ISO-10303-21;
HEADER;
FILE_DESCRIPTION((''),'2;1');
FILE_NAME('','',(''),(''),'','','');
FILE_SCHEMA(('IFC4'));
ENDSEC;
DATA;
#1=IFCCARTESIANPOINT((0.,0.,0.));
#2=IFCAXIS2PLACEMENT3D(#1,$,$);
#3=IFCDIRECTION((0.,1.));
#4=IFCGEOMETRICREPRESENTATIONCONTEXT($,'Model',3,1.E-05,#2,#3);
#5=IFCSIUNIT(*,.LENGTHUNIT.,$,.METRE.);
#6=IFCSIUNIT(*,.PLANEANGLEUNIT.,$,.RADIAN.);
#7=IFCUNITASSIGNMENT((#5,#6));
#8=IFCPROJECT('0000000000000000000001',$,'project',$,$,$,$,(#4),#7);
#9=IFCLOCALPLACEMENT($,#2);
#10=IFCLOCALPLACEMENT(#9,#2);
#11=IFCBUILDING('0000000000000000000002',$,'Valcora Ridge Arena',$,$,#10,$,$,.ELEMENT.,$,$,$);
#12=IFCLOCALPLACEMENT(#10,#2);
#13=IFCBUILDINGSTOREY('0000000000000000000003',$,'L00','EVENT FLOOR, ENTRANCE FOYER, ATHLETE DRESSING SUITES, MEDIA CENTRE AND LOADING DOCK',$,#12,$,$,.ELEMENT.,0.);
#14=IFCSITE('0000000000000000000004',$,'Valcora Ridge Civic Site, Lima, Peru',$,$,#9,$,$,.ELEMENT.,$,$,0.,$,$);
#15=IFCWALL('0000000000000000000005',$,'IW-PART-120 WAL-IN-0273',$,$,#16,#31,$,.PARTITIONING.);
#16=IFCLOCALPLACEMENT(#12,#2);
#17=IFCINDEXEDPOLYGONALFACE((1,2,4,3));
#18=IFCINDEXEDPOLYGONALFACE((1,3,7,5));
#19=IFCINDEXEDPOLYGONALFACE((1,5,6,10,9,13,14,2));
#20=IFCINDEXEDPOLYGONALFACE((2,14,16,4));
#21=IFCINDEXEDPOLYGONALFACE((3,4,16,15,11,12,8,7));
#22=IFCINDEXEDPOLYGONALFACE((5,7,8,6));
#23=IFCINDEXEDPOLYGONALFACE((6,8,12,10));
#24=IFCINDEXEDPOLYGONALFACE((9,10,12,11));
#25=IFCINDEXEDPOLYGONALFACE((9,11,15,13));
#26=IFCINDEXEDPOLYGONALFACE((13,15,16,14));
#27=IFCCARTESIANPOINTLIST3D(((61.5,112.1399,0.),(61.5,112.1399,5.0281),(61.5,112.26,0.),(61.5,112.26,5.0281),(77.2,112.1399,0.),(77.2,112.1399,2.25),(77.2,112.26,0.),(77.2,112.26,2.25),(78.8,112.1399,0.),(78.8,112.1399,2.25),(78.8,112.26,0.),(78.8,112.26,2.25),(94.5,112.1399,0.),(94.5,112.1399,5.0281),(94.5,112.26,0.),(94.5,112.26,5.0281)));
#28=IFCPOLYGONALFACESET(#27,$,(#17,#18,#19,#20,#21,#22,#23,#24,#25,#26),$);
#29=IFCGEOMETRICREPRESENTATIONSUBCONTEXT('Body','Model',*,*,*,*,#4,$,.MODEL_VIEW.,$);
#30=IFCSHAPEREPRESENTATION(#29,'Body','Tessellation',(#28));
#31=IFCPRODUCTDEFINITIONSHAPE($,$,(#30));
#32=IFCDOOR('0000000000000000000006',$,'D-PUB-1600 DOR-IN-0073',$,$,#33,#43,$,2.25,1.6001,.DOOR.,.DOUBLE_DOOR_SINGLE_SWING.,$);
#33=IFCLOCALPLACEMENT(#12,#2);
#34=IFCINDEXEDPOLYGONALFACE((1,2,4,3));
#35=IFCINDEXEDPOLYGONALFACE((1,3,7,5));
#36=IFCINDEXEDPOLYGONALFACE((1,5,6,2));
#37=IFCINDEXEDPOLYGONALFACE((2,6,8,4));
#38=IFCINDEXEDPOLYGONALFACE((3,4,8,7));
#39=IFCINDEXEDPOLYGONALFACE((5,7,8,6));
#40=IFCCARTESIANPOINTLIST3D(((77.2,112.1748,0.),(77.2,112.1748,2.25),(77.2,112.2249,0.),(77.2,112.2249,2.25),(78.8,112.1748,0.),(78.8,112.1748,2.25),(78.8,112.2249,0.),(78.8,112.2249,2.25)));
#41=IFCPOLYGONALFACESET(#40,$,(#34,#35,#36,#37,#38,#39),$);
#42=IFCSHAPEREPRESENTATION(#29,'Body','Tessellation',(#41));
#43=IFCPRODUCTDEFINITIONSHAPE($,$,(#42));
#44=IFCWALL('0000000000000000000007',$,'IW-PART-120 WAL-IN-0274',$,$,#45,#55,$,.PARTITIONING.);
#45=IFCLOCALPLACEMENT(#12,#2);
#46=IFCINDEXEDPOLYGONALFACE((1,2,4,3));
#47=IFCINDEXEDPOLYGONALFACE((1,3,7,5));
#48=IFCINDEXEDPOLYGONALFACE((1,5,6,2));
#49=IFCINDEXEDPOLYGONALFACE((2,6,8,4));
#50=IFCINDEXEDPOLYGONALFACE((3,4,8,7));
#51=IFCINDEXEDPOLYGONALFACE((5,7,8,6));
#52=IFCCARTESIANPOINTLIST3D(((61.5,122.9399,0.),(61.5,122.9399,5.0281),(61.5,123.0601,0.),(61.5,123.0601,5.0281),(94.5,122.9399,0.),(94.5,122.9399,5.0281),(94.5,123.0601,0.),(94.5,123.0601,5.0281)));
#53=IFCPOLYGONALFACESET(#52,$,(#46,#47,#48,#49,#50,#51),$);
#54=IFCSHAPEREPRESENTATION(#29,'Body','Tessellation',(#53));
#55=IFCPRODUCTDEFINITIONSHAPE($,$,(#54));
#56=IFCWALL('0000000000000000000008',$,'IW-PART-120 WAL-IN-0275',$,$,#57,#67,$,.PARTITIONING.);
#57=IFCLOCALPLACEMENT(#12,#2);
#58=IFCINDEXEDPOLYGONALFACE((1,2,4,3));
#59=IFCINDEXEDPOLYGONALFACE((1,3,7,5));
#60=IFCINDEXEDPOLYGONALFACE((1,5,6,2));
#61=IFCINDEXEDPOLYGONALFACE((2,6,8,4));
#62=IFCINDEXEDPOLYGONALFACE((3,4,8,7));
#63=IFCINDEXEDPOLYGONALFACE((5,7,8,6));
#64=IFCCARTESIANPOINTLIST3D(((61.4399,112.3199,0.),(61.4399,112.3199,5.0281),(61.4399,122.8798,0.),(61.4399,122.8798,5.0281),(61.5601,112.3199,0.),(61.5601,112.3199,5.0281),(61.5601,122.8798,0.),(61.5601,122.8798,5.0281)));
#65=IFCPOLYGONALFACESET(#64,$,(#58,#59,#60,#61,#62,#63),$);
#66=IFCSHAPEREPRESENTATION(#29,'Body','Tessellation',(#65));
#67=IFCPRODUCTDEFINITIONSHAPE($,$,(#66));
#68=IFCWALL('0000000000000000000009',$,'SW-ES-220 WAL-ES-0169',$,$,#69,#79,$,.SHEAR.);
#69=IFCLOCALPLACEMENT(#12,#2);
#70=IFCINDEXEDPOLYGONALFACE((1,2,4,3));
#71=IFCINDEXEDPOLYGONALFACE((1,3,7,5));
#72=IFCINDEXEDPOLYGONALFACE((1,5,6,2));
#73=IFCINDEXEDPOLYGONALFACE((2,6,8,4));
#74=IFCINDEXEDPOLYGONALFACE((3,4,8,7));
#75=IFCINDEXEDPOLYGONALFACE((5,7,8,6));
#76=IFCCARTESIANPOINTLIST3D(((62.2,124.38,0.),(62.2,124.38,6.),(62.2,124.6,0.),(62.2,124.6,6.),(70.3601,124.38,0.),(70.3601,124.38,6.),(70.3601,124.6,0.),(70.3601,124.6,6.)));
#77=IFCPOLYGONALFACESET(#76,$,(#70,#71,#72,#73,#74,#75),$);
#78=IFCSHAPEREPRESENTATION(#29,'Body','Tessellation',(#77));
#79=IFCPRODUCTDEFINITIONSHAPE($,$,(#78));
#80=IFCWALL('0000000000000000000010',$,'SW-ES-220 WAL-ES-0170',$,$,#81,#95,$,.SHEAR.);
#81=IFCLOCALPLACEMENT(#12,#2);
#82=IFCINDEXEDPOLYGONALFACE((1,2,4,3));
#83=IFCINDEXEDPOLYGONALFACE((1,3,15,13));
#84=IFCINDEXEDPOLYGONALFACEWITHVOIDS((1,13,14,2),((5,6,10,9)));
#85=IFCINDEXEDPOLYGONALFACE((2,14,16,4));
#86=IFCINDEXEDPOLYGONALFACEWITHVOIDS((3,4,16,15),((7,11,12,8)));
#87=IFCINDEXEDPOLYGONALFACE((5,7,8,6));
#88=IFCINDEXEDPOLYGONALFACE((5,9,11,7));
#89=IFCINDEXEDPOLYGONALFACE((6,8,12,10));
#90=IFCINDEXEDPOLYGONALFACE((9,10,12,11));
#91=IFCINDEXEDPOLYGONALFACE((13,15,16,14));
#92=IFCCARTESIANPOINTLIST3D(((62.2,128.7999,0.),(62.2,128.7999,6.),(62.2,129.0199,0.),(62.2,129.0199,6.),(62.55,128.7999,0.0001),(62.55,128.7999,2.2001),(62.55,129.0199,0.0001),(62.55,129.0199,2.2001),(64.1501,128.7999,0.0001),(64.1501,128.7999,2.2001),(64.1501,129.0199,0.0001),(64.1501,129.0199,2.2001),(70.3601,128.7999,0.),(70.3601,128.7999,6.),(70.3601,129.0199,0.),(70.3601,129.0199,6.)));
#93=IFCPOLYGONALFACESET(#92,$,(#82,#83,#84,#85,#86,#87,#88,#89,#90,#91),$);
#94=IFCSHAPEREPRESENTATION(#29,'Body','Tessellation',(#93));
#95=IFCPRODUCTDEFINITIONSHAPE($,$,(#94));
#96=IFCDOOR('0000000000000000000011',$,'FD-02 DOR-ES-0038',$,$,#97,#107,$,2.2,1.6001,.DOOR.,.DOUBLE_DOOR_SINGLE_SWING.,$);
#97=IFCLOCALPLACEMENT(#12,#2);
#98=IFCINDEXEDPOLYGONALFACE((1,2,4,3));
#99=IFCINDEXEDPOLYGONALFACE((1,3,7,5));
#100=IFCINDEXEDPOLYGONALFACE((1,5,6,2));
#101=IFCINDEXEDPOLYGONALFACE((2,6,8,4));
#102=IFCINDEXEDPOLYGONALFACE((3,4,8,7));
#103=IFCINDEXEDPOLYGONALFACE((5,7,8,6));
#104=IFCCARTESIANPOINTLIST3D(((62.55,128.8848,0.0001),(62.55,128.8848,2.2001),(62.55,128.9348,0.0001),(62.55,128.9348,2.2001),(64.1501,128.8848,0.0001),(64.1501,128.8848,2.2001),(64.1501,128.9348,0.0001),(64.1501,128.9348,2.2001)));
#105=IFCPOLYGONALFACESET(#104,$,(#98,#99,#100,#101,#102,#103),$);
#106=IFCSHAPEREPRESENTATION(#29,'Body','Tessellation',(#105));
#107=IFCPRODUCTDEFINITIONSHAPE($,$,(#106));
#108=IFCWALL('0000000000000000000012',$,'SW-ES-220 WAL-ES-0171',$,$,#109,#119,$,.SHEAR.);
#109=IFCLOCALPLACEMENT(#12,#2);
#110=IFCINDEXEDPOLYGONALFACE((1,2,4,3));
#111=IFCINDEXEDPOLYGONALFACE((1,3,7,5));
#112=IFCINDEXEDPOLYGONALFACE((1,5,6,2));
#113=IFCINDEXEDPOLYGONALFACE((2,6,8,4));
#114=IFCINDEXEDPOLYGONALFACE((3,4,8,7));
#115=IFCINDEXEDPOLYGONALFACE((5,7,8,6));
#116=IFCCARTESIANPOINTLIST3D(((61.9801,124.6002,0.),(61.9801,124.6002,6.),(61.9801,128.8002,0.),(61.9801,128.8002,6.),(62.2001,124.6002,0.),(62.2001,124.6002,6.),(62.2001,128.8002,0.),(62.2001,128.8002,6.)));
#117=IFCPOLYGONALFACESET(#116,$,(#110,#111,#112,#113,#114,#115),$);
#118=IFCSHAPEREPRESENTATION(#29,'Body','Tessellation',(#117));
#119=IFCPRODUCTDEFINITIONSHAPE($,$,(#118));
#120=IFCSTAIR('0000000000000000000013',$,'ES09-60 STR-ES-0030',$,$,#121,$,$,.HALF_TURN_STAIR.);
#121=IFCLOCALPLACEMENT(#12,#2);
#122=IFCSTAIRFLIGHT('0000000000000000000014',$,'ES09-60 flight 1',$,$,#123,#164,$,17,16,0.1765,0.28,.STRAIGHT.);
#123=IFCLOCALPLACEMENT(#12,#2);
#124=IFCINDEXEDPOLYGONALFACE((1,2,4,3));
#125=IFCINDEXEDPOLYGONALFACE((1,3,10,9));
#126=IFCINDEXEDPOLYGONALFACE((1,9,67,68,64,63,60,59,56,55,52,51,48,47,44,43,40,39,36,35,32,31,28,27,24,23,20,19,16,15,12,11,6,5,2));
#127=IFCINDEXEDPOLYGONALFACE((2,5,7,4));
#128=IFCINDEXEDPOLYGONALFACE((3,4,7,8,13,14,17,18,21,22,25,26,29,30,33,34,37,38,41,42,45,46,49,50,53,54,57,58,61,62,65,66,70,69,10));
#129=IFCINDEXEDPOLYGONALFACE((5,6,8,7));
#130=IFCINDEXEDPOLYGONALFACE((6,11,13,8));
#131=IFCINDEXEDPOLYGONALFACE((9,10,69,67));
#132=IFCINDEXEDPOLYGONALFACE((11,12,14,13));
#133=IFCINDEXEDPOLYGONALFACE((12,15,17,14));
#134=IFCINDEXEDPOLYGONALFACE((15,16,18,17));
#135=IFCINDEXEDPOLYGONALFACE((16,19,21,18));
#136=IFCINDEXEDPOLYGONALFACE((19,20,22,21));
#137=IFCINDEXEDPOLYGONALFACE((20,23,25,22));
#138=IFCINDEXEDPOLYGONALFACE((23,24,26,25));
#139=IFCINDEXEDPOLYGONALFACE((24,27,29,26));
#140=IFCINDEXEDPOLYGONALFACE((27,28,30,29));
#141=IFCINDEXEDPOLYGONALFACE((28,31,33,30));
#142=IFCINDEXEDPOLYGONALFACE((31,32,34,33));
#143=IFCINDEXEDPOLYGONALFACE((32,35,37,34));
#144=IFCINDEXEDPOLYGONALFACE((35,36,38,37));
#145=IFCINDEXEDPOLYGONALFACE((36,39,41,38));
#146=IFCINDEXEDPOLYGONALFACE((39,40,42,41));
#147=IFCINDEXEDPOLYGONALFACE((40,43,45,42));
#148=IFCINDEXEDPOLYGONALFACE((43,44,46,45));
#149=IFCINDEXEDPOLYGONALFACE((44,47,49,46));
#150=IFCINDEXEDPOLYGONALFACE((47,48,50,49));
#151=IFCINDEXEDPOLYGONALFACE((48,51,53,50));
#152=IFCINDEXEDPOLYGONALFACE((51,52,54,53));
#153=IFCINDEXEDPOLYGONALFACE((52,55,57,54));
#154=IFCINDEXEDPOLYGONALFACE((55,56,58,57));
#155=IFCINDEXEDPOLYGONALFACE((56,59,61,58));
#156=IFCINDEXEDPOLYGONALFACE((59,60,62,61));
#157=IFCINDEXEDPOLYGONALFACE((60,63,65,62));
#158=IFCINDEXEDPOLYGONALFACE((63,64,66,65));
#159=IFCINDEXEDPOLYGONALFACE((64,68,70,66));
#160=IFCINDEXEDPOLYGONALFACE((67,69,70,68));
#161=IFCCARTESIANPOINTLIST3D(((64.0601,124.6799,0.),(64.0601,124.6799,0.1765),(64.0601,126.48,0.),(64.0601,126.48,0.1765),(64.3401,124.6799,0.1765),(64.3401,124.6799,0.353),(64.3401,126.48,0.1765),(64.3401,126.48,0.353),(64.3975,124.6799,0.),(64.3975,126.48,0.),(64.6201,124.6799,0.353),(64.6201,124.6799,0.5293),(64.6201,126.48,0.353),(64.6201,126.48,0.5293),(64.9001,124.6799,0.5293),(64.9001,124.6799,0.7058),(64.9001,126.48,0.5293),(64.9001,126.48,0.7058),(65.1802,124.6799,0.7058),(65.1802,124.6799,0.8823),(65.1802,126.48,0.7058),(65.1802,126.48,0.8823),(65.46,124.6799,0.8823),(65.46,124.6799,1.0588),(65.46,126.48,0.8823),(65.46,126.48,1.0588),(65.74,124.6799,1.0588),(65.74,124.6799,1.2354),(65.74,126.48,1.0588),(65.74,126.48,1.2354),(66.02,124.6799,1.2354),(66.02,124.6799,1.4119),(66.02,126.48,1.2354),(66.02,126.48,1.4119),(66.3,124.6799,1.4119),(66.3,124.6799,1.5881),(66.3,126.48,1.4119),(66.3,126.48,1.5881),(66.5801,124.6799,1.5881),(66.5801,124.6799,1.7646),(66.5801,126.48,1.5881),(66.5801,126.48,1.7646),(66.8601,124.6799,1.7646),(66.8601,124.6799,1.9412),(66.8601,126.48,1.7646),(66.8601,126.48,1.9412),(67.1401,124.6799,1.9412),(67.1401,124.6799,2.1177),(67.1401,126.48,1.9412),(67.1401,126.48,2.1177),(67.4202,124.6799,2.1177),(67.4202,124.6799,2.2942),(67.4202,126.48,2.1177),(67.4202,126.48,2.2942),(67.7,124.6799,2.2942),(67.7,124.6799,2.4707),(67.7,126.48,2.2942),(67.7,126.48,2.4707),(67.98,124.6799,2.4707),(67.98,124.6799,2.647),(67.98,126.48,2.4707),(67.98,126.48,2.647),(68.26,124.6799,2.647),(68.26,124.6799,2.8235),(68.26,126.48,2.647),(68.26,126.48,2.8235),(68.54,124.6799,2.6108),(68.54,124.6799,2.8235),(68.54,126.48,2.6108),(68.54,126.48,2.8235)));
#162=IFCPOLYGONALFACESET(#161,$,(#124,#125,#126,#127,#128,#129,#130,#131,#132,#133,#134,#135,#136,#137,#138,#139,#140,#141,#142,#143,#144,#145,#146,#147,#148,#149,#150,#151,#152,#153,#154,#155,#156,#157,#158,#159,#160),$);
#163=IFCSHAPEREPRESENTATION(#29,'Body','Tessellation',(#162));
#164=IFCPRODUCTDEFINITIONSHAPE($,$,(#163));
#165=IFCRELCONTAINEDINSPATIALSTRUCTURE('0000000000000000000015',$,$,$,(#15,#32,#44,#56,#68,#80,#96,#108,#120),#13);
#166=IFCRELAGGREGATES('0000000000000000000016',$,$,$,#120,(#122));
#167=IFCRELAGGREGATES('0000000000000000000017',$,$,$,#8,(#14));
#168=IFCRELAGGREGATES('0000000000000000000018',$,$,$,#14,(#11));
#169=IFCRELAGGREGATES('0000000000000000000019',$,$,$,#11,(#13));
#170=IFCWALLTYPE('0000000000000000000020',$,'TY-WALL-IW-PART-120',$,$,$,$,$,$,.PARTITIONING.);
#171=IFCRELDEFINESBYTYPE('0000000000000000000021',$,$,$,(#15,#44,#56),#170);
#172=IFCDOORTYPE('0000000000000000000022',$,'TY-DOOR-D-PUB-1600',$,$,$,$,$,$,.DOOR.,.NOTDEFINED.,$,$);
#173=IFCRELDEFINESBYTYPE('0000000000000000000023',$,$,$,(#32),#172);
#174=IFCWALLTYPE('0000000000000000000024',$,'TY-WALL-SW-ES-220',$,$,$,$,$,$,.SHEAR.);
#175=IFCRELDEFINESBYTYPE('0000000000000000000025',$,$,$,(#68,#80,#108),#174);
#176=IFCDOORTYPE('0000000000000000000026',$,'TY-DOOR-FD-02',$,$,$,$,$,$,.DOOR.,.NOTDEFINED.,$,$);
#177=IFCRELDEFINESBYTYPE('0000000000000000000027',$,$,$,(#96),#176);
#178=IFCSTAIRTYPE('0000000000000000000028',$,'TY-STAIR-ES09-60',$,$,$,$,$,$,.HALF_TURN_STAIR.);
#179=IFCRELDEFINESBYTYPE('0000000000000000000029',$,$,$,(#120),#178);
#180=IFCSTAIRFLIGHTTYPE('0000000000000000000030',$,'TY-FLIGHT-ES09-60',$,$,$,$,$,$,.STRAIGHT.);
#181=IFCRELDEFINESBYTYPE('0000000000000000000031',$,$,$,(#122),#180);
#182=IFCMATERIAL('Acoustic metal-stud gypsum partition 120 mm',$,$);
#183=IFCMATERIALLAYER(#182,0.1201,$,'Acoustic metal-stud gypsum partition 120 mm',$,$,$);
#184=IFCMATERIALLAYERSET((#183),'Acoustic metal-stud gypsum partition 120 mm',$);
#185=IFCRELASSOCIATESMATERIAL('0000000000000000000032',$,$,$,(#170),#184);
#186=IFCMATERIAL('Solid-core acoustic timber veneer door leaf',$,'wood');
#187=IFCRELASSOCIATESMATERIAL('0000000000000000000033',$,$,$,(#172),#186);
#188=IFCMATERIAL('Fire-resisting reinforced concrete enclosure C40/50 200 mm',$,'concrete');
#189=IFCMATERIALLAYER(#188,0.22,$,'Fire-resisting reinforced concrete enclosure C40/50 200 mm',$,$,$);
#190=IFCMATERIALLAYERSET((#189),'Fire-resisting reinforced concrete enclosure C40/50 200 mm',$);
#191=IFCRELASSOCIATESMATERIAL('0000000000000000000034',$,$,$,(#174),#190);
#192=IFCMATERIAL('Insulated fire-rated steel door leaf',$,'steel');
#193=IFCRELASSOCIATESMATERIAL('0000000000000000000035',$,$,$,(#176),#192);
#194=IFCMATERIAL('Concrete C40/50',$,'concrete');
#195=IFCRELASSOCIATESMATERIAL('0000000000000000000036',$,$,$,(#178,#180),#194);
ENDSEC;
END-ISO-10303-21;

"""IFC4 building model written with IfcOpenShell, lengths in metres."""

from ifc_helpers import new_model, si_unit, direction, frame, frame_2d, origin, place, context, subcontext, project, spatial, polyline, rectangle, outline, extrude, material, layer, layer_set, type_object, element, fill, aggregate, save


model = new_model("IFC4")

# Units and contexts
model_context = context("Model", 3, precision=1e-05, world=origin(), true_north=direction((0.0, 1.0)))
body_context = subcontext(model_context, "Body", "Model", "MODEL_VIEW")
ifc_project = project(units=[si_unit("LENGTHUNIT", "METRE"), si_unit("PLANEANGLEUNIT", "RADIAN")], contexts=[model_context])

# Site, building, storey
site_placement = place(None, origin())
site = spatial("IfcSite", under=ifc_project, at=site_placement, Name="Valcora Ridge Civic Site, Lima, Peru", CompositionType="ELEMENT", RefElevation=0.0)
building_placement = place(site_placement, origin())
building = spatial("IfcBuilding", under=site, at=building_placement, Name="Valcora Ridge Arena", CompositionType="ELEMENT")
storey_placement = place(building_placement, origin())
storey = spatial("IfcBuildingStorey", under=building, at=storey_placement, Name="L00", Description="EVENT FLOOR, ENTRANCE FOYER, ATHLETE DRESSING SUITES, MEDIA CENTRE AND LOADING DOCK", CompositionType="ELEMENT", Elevation=0.0)

# Shared definitions
ifc_material_1 = material(Name="Concrete C40/50", Category="concrete")

# Shared definitions
ifc_material_2 = material(Name="Insulated fire-rated steel door leaf", Category="steel")
ifc_material_3 = material(Name="Fire-resisting reinforced concrete enclosure C40/50 200 mm", Category="concrete")

# Wall, opening, door
ifc_material_4 = material(Name="Acoustic metal-stud gypsum partition 120 mm")
ifc_layer_1 = layer(ifc_material_4, 0.1201, Name="Acoustic metal-stud gypsum partition 120 mm")
ifc_layer_set_1 = layer_set([ifc_layer_1], Name="Acoustic metal-stud gypsum partition 120 mm")
wall_type_1 = type_object("IfcWallType", Name="TY-WALL-IW-PART-120", PredefinedType="PARTITIONING", material=ifc_layer_set_1)
wall_1_placement = place(storey_placement, frame((61.5, 112.2, 0.0), z_axis=(0.0, 0.0, 1.0), x_axis=(1.0, 0.0, 0.0)))
wall_1 = element("IfcWall", 1, at=wall_1_placement, inside=storey, type_object=wall_type_1, Name="IW-PART-120 WAL-IN-0273", PredefinedType="PARTITIONING", context=body_context, shape_type="SweptSolid", body=[
    extrude(rectangle(XDim=33.0, YDim=0.1201, at=frame_2d((16.5, 0.0))), origin(), (0.0, 0.0, 1.0), 5.0281),
])
opening_1_placement = place(wall_1_placement, frame((15.7, 0.0, 0.0)))
opening_1 = element("IfcOpeningElement", 2, at=opening_1_placement, cuts=wall_1, PredefinedType="OPENING", context=body_context, shape_type="SweptSolid", body=[
    extrude(rectangle(XDim=1.6001, YDim=2.25, at=frame_2d((0.8, 1.125))), frame((0.0, 0.0701, 0.0), z_axis=(0.0, -1.0, 0.0), x_axis=(1.0, 0.0, 0.0)), (0.0, 0.0, 1.0), 0.1401),
])
ifc_material_5 = material(Name="Solid-core acoustic timber veneer door leaf", Category="wood")
door_type_1 = type_object("IfcDoorType", Name="TY-DOOR-D-PUB-1600", OperationType="NOTDEFINED", PredefinedType="DOOR", material=ifc_material_5)
door_1_placement = place(opening_1_placement, origin())
door_1 = element("IfcDoor", 3, at=door_1_placement, inside=storey, type_object=door_type_1, Name="D-PUB-1600 DOR-IN-0073", OperationType="DOUBLE_DOOR_SINGLE_SWING", OverallHeight=2.25, OverallWidth=1.6001, PredefinedType="DOOR", context=body_context, shape_type="SweptSolid", body=[
    extrude(rectangle(XDim=1.6001, YDim=2.25, at=frame_2d((0.8, 1.125))), frame((0.0, 0.0249, 0.0), z_axis=(0.0, -1.0, 0.0), x_axis=(1.0, 0.0, 0.0)), (0.0, 0.0, 1.0), 0.05),
])
fill(opening_1, door_1)

# Walls
wall_2_placement = place(storey_placement, frame((61.5, 123.0, 0.0), z_axis=(0.0, 0.0, 1.0), x_axis=(1.0, 0.0, 0.0)))
element("IfcWall", 4, at=wall_2_placement, inside=storey, type_object=wall_type_1, Name="IW-PART-120 WAL-IN-0274", PredefinedType="PARTITIONING", context=body_context, shape_type="SweptSolid", body=[
    extrude(rectangle(XDim=33.0, YDim=0.1201, at=frame_2d((16.5, 0.0))), origin(), (0.0, 0.0, 1.0), 5.0281),
])
wall_3_placement = place(storey_placement, frame((61.5, 112.3201, 0.0), z_axis=(0.0, 0.0, 1.0), x_axis=(0.0, 1.0, 0.0)))
element("IfcWall", 5, at=wall_3_placement, inside=storey, type_object=wall_type_1, Name="IW-PART-120 WAL-IN-0275", PredefinedType="PARTITIONING", context=body_context, shape_type="SweptSolid", body=[
    extrude(rectangle(XDim=10.5598, YDim=0.1201, at=frame_2d((5.2798, 0.0))), origin(), (0.0, 0.0, 1.0), 5.0281),
])
ifc_layer_2 = layer(ifc_material_3, 0.22, Name="Fire-resisting reinforced concrete enclosure C40/50 200 mm")
ifc_layer_set_2 = layer_set([ifc_layer_2], Name="Fire-resisting reinforced concrete enclosure C40/50 200 mm")
wall_type_2 = type_object("IfcWallType", Name="TY-WALL-SW-ES-220", PredefinedType="SHEAR", material=ifc_layer_set_2)
wall_4_placement = place(storey_placement, frame((62.2, 124.49, 0.0), z_axis=(0.0, 0.0, 1.0), x_axis=(1.0, 0.0, 0.0)))
element("IfcWall", 6, at=wall_4_placement, inside=storey, type_object=wall_type_2, Name="SW-ES-220 WAL-ES-0169", PredefinedType="SHEAR", context=body_context, shape_type="SweptSolid", body=[
    extrude(rectangle(XDim=8.1602, YDim=0.22, at=frame_2d((4.0801, 0.0))), origin(), (0.0, 0.0, 1.0), 6.0),
])

# Wall, opening, door
wall_5_placement = place(storey_placement, frame((62.2, 128.9099, 0.0), z_axis=(0.0, 0.0, 1.0), x_axis=(1.0, 0.0, 0.0)))
wall_5 = element("IfcWall", 7, at=wall_5_placement, inside=storey, type_object=wall_type_2, Name="SW-ES-220 WAL-ES-0170", PredefinedType="SHEAR", context=body_context, shape_type="SweptSolid", body=[
    extrude(rectangle(XDim=8.1602, YDim=0.22, at=frame_2d((4.0801, 0.0))), origin(), (0.0, 0.0, 1.0), 6.0),
])
opening_2_placement = place(wall_5_placement, frame((0.3501, 0.0, 0.0)))
opening_2 = element("IfcOpeningElement", 8, at=opening_2_placement, cuts=wall_5, PredefinedType="OPENING", context=body_context, shape_type="SweptSolid", body=[
    extrude(rectangle(XDim=1.6001, YDim=2.2, at=frame_2d((0.8, 1.1001))), frame((0.0, 0.1199, 0.0), z_axis=(0.0, -1.0, 0.0), x_axis=(1.0, 0.0, 0.0)), (0.0, 0.0, 1.0), 0.24),
])
door_type_2 = type_object("IfcDoorType", Name="TY-DOOR-FD-02", OperationType="NOTDEFINED", PredefinedType="DOOR", material=ifc_material_2)
door_2_placement = place(opening_2_placement, origin())
door_2 = element("IfcDoor", 9, at=door_2_placement, inside=storey, type_object=door_type_2, Name="FD-02 DOR-ES-0038", OperationType="DOUBLE_DOOR_SINGLE_SWING", OverallHeight=2.2, OverallWidth=1.6001, PredefinedType="DOOR", context=body_context, shape_type="SweptSolid", body=[
    extrude(rectangle(XDim=1.6001, YDim=2.2, at=frame_2d((0.8, 1.1001))), frame((0.0, 0.0249, 0.0), z_axis=(0.0, -1.0, 0.0), x_axis=(1.0, 0.0, 0.0)), (0.0, 0.0, 1.0), 0.05),
])
fill(opening_2, door_2)

# Wall
wall_6_placement = place(storey_placement, frame((62.0901, 124.6001, 0.0), z_axis=(0.0, 0.0, 1.0), x_axis=(0.0, 1.0, 0.0)))
element("IfcWall", 10, at=wall_6_placement, inside=storey, type_object=wall_type_2, Name="SW-ES-220 WAL-ES-0171", PredefinedType="SHEAR", context=body_context, shape_type="SweptSolid", body=[
    extrude(rectangle(XDim=4.2, YDim=0.22, at=frame_2d((2.1001, 0.0))), origin(), (0.0, 0.0, 1.0), 6.0),
])

# Stair, stair flight
stair_type = type_object("IfcStairType", Name="TY-STAIR-ES09-60", PredefinedType="HALF_TURN_STAIR", material=ifc_material_1)
stair_placement = place(storey_placement, origin())
stair = element("IfcStair", 11, at=stair_placement, inside=storey, type_object=stair_type, Name="ES09-60 STR-ES-0030", PredefinedType="HALF_TURN_STAIR")
stair_flight_type = type_object("IfcStairFlightType", Name="TY-FLIGHT-ES09-60", PredefinedType="STRAIGHT", material=ifc_material_1)
stair_flight_placement = place(storey_placement, frame((64.0601, 125.5801, 0.0), z_axis=(0.0, 0.0, 1.0), x_axis=(1.0, 0.0, 0.0)))
stair_flight = element("IfcStairFlight", 12, at=stair_flight_placement, type_object=stair_flight_type, Name="ES09-60 flight 1", NumberOfRisers=17, NumberOfTreads=16, PredefinedType="STRAIGHT", RiserHeight=0.1765, TreadLength=0.28, context=body_context, shape_type="SweptSolid", body=[
    extrude(outline(polyline([(0.0, 0.0), (0.0, 0.1765), (0.28, 0.1765), (0.28, 0.353), (0.5601, 0.353), (0.5601, 0.5293), (0.8401, 0.5293), (0.8401, 0.7058), (1.1201, 0.7058), (1.1201, 0.8823), (1.3999, 0.8823), (1.3999, 1.0588), (1.6799, 1.0588), (1.6799, 1.2354), (1.96, 1.2354), (1.96, 1.4119), (2.24, 1.4119), (2.24, 1.5881), (2.52, 1.5881), (2.52, 1.7646), (2.8, 1.7646), (2.8, 1.9412), (3.0801, 1.9412), (3.0801, 2.1177), (3.3601, 2.1177), (3.3601, 2.2942), (3.6399, 2.2942), (3.6399, 2.4707), (3.9199, 2.4707), (3.9199, 2.647), (4.2, 2.647), (4.2, 2.8235), (4.48, 2.8235), (4.48, 3.0), (4.48, 2.6108), (0.3374, 0.0), (0.0, 0.0)])), frame((0.0, 0.8999, 0.0), z_axis=(0.0, -1.0, 0.0), x_axis=(1.0, 0.0, 0.0)), (0.0, 0.0, 1.0), 1.8),
])
aggregate(stair, [stair_flight])

save(model, "model.ifc")
